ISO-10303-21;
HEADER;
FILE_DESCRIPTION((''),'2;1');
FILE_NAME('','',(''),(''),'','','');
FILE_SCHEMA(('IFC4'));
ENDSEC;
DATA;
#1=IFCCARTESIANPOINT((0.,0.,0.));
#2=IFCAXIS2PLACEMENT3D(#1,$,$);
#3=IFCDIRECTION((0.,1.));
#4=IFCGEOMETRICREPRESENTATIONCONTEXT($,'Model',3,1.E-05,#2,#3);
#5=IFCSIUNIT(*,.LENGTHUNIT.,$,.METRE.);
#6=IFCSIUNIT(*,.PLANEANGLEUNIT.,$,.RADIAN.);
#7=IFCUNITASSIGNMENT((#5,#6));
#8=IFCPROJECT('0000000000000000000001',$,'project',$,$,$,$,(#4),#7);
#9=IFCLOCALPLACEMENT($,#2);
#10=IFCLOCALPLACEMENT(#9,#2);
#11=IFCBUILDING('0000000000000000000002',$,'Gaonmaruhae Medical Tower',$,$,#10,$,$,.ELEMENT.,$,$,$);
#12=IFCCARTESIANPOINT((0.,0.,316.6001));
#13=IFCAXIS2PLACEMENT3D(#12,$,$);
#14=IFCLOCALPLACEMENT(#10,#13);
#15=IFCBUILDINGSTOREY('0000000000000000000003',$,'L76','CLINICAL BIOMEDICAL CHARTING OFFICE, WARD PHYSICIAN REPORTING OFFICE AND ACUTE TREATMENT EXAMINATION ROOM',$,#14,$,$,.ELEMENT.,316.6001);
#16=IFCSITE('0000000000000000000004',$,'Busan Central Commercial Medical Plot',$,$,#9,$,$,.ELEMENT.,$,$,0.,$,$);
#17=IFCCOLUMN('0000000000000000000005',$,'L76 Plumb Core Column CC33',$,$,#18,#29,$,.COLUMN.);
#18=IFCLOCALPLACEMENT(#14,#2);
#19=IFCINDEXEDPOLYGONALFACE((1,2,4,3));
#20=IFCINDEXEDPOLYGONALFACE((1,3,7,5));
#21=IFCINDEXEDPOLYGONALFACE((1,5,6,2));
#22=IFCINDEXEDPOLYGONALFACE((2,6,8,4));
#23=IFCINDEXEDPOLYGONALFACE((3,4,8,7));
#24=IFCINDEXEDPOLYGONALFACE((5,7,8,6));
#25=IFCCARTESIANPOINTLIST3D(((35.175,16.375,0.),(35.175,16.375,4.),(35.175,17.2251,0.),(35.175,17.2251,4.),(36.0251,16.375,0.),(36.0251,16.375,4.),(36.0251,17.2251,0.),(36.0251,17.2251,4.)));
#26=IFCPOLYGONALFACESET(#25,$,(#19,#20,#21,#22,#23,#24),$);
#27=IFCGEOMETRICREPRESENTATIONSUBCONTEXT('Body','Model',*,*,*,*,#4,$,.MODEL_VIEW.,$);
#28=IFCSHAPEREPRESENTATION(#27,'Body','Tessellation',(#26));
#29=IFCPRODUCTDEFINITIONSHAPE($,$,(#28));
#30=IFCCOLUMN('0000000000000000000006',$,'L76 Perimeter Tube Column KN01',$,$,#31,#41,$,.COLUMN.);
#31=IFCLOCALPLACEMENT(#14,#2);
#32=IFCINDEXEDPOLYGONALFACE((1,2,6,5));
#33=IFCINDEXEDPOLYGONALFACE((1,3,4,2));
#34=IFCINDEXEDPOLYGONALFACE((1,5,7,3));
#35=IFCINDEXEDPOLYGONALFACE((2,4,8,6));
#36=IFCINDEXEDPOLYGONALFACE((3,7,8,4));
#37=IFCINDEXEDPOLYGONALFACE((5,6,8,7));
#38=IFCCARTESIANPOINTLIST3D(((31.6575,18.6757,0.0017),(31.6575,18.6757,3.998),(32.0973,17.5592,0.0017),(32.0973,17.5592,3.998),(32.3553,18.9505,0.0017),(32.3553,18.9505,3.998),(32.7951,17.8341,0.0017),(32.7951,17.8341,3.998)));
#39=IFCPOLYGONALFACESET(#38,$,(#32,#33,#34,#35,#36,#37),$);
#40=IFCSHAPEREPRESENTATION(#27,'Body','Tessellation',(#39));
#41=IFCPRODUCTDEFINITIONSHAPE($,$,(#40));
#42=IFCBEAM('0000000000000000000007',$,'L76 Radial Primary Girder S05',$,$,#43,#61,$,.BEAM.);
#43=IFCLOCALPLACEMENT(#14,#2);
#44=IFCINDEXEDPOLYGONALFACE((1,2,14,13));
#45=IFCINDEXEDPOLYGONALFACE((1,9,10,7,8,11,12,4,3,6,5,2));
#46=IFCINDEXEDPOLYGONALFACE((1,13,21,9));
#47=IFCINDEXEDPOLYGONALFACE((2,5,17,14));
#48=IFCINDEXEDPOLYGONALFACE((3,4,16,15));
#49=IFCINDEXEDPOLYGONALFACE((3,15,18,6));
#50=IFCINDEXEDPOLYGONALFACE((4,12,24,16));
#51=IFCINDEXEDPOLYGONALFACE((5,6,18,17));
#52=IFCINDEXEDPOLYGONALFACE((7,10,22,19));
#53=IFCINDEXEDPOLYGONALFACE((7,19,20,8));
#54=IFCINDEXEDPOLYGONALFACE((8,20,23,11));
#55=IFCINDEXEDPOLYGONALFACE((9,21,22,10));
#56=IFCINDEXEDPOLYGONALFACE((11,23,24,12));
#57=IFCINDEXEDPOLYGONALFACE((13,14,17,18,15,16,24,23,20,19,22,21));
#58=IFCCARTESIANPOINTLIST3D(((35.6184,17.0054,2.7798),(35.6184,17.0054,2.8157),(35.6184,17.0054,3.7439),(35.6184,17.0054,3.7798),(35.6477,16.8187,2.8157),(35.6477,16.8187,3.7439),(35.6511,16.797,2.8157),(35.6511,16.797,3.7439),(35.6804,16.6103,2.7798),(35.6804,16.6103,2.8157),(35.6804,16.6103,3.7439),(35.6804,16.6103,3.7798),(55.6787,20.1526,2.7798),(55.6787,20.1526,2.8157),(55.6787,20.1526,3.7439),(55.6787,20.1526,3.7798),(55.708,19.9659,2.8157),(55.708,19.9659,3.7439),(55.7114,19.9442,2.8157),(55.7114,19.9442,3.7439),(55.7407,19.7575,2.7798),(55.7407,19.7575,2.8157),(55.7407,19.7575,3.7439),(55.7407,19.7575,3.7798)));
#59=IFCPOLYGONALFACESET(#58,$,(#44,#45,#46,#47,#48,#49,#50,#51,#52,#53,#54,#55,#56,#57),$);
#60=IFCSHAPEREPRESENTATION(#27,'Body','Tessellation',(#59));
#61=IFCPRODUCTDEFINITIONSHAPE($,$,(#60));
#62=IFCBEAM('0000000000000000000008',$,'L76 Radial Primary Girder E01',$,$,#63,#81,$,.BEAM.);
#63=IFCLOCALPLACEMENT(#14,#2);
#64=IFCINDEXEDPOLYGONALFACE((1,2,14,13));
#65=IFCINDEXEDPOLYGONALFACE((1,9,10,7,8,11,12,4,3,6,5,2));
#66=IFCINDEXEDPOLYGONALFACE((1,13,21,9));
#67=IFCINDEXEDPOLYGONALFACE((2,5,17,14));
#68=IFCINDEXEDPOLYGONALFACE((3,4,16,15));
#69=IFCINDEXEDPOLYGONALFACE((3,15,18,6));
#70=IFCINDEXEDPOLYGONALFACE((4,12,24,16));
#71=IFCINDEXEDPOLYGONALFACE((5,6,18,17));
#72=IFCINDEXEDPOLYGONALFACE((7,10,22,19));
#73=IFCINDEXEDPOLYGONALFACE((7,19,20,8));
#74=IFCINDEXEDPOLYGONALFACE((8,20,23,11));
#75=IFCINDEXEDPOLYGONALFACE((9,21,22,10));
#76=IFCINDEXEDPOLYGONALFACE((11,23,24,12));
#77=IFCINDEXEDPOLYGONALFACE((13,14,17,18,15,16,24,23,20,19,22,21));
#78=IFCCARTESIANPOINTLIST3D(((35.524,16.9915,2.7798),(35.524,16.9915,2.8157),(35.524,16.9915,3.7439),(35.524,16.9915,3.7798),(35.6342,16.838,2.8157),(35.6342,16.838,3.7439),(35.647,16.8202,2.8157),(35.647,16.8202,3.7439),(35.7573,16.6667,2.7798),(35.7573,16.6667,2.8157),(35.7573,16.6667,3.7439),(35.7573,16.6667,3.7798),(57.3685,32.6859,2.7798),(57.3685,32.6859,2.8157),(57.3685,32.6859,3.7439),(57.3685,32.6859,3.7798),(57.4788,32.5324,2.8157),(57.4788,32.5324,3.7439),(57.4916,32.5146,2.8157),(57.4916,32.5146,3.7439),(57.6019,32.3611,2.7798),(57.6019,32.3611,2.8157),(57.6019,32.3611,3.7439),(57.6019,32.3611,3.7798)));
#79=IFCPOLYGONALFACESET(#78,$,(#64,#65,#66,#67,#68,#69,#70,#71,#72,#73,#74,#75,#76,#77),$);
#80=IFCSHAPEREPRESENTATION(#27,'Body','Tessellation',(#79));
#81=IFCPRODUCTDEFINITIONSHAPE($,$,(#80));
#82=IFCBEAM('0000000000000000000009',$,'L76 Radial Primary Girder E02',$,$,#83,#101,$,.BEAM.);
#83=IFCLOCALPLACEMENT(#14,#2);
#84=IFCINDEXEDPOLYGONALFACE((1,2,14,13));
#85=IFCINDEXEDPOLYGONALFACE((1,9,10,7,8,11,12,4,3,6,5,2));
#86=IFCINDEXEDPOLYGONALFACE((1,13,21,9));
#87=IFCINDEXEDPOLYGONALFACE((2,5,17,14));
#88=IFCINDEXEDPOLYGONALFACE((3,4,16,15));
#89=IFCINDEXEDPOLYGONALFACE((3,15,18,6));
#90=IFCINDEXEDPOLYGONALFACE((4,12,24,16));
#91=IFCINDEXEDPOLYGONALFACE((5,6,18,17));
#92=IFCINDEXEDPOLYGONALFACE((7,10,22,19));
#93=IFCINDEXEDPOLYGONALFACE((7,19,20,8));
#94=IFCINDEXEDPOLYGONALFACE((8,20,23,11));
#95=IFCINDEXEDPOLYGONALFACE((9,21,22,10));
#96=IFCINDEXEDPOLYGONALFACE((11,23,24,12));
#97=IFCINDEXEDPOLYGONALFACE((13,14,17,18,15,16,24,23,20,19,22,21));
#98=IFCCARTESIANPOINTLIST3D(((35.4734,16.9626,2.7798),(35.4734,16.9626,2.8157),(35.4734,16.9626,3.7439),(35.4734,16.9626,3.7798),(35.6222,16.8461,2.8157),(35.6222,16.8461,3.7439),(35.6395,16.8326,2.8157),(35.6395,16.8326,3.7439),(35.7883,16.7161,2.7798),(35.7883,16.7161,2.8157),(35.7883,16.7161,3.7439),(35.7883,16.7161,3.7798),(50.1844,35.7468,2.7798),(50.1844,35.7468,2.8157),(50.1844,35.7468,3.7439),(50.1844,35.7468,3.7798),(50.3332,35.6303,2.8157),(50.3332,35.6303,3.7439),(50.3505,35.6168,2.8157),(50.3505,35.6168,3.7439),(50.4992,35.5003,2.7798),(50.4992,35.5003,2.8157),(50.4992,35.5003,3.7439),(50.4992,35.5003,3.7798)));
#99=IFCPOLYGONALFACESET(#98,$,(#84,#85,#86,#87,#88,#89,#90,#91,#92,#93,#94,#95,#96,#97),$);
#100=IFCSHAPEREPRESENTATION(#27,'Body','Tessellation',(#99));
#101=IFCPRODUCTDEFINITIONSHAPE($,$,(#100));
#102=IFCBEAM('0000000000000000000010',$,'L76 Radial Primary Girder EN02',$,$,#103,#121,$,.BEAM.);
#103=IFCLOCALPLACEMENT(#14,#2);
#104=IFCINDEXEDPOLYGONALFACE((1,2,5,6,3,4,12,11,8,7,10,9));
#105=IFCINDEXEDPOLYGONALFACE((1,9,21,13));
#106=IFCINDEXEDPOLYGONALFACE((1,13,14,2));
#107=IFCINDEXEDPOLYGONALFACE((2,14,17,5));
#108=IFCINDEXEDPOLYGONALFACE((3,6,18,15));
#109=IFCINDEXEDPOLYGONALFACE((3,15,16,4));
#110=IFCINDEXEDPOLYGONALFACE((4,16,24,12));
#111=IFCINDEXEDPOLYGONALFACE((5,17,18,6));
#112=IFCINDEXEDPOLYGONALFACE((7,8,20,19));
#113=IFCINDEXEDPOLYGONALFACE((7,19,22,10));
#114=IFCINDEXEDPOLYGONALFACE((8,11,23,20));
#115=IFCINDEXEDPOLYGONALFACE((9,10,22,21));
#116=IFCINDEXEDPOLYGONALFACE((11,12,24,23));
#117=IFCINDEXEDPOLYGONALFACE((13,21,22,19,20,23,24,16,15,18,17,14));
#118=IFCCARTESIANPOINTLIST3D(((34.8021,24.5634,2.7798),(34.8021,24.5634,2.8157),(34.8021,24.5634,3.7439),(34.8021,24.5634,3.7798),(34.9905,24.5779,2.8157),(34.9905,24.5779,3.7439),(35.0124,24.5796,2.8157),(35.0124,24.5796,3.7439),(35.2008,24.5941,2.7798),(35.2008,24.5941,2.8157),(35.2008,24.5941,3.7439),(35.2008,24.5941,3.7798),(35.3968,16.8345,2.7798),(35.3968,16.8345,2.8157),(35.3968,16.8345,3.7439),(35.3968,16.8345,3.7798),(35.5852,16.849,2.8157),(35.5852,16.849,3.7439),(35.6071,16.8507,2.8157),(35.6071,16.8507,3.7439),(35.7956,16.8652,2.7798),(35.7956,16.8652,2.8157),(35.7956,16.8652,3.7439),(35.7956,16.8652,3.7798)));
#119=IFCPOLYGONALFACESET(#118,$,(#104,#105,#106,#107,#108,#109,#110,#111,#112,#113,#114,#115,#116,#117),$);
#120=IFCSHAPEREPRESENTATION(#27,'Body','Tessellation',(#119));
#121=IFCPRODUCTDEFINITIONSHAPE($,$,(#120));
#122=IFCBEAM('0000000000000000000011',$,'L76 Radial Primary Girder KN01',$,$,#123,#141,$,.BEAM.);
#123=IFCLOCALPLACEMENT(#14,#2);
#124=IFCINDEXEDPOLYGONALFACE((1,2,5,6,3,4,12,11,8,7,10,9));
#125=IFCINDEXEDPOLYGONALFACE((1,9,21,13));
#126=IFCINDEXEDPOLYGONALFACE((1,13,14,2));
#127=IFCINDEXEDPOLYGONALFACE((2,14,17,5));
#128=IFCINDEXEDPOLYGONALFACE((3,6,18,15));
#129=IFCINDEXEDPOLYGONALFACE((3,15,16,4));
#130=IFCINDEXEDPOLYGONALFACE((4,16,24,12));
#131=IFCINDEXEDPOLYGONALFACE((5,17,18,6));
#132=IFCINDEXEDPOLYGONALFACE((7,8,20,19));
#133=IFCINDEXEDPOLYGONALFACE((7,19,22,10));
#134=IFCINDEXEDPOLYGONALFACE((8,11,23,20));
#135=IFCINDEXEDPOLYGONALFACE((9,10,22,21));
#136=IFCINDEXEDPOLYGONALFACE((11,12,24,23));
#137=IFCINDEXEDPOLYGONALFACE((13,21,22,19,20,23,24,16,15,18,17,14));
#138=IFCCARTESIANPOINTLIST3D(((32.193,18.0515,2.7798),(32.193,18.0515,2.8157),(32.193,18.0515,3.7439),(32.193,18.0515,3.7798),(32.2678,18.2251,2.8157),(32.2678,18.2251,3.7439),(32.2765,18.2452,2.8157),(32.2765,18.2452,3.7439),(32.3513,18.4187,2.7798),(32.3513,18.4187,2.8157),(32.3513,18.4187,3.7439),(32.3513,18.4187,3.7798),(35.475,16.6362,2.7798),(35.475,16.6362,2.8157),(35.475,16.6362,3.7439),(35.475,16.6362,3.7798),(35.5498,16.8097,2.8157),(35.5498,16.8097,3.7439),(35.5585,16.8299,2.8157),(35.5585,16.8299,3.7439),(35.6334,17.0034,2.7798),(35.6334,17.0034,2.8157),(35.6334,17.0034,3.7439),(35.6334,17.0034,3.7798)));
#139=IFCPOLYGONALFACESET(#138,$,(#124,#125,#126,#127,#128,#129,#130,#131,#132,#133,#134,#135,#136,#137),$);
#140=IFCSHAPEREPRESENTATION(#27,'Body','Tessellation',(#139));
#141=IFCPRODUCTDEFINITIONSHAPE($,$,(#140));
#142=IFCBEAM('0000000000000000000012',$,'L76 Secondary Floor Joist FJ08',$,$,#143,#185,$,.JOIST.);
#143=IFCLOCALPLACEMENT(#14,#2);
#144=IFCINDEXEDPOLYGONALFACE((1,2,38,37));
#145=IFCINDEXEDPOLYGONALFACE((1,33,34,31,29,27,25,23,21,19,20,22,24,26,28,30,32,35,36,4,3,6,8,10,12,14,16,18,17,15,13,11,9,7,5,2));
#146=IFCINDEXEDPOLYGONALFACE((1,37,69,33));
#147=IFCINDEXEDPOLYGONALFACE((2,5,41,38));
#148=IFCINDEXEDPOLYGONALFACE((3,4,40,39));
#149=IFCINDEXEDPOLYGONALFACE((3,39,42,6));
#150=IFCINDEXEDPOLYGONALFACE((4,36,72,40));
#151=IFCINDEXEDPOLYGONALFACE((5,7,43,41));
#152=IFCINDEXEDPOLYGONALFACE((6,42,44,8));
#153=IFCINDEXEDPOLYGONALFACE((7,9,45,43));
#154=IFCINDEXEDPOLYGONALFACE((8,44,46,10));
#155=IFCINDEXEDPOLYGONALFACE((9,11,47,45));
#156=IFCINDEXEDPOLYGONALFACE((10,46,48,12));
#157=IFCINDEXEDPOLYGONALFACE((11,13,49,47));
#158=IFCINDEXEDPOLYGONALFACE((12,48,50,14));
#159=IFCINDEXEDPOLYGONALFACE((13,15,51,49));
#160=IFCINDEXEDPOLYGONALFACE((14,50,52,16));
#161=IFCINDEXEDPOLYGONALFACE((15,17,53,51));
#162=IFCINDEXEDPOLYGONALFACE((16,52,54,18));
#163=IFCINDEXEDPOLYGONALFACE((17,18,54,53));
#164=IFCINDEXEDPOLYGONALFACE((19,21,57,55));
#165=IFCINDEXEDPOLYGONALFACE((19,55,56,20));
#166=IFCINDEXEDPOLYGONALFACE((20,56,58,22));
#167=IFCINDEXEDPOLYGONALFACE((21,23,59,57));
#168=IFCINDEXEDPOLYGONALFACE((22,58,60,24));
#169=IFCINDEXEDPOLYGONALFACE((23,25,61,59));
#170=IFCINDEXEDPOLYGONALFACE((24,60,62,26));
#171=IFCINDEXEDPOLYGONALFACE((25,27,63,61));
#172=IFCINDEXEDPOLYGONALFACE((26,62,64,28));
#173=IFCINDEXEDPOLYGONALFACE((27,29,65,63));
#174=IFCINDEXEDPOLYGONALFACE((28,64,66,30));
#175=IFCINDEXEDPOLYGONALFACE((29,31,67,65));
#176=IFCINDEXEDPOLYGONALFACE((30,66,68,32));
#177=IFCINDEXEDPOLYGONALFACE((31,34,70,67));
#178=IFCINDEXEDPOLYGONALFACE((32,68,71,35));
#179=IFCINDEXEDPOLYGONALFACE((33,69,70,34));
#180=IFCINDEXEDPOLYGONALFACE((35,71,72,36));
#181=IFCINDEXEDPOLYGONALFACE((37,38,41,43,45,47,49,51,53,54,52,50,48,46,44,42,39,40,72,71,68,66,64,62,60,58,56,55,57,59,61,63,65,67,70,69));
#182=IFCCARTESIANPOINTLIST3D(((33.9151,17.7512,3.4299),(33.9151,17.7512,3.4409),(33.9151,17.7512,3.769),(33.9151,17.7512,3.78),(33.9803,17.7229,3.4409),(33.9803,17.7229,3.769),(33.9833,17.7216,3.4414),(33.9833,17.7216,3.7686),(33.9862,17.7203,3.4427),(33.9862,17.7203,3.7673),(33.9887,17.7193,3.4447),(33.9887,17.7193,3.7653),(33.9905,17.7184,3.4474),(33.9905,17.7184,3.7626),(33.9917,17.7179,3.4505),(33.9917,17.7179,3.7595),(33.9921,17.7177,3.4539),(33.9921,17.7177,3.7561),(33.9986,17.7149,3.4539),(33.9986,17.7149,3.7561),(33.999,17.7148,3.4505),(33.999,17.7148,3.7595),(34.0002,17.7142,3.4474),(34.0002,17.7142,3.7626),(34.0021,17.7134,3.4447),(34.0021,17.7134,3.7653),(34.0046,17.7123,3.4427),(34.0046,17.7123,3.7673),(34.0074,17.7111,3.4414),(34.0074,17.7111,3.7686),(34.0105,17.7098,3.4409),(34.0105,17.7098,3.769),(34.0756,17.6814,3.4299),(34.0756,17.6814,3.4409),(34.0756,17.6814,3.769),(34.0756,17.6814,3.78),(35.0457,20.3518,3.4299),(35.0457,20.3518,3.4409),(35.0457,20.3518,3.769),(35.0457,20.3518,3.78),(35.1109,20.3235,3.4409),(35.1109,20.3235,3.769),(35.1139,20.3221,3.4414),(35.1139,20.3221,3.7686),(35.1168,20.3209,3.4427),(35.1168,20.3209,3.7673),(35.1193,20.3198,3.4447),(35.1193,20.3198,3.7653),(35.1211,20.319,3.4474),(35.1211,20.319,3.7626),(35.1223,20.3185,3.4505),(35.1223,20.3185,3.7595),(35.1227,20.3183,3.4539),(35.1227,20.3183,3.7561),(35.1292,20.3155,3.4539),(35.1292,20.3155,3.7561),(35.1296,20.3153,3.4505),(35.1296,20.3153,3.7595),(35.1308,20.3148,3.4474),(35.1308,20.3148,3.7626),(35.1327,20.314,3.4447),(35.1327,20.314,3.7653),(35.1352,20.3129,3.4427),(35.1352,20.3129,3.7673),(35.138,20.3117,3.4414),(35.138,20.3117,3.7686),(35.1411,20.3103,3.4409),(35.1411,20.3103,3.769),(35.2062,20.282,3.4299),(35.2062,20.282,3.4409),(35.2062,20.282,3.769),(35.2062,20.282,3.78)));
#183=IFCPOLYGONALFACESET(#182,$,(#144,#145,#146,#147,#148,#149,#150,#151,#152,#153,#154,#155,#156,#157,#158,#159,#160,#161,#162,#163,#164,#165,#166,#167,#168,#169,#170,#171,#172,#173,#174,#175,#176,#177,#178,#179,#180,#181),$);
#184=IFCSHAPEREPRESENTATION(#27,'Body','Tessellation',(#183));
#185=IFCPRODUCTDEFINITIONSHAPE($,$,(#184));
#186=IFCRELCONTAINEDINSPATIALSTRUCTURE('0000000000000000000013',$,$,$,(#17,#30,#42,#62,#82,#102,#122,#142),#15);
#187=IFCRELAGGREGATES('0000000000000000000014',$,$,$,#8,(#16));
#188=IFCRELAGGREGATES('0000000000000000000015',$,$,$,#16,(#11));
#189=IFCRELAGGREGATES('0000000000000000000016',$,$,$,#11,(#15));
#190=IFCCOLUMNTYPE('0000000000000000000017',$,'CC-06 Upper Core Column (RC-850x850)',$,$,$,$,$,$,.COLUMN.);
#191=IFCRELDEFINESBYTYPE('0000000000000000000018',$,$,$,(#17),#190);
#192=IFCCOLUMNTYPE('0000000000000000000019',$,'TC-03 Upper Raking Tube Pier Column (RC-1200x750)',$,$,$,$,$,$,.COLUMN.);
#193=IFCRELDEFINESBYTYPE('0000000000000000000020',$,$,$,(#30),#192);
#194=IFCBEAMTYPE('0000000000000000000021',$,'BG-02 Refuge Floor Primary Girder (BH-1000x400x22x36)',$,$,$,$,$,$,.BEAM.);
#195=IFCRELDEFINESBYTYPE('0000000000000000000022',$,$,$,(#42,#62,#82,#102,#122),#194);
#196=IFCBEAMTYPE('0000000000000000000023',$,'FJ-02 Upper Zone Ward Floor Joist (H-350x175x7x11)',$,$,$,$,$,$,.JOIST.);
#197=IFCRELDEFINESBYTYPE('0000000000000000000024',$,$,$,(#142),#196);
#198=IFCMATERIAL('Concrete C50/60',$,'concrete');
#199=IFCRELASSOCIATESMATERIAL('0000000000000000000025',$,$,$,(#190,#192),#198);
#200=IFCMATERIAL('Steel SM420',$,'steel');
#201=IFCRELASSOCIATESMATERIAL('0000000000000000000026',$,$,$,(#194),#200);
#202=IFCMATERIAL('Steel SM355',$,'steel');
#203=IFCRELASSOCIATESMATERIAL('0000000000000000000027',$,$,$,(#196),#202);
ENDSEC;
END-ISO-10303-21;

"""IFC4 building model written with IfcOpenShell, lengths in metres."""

from ifc_helpers import new_model, si_unit, direction, frame, origin, origin_2d, place, context, subcontext, project, spatial, rectangle, i_section, extrude, material, material_profile, profile_set, type_object, element, save


model = new_model("IFC4")

# Units and contexts
model_context = context("Model", 3, precision=1e-05, world=origin(), true_north=direction((0.0, 1.0)))
body_context = subcontext(model_context, "Body", "Model", "MODEL_VIEW")
ifc_project = project(units=[si_unit("LENGTHUNIT", "METRE"), si_unit("PLANEANGLEUNIT", "RADIAN")], contexts=[model_context])

# Site, building, storey
site_placement = place(None, origin())
site = spatial("IfcSite", under=ifc_project, at=site_placement, Name="Busan Central Commercial Medical Plot", CompositionType="ELEMENT", RefElevation=0.0)
building_placement = place(site_placement, origin())
building = spatial("IfcBuilding", under=site, at=building_placement, Name="Gaonmaruhae Medical Tower", CompositionType="ELEMENT")
storey_placement = place(building_placement, frame((0.0, 0.0, 316.6001)))
storey = spatial("IfcBuildingStorey", under=building, at=storey_placement, Name="L76", Description="CLINICAL BIOMEDICAL CHARTING OFFICE, WARD PHYSICIAN REPORTING OFFICE AND ACUTE TREATMENT EXAMINATION ROOM", CompositionType="ELEMENT", Elevation=316.6001)

# Columns
ifc_material_1 = material(Name="Concrete C50/60", Category="concrete")
ifc_material_profile_1 = material_profile(ifc_material_1, rectangle(XDim=0.8501, YDim=0.8501, at=origin_2d()), Name="RC-850x850")
ifc_profile_set_1 = profile_set([ifc_material_profile_1], Name="Concrete C50/60")
column_type_1 = type_object("IfcColumnType", Name="CC-06 Upper Core Column (RC-850x850)", PredefinedType="COLUMN", material=ifc_profile_set_1)
column_1_placement = place(storey_placement, frame((35.6001, 16.8, 0.0), z_axis=(0.0, 0.0, 1.0), x_axis=(1.0, 0.0, 0.0)))
element("IfcColumn", 1, at=column_1_placement, inside=storey, type_object=column_type_1, Name="L76 Plumb Core Column CC33", PredefinedType="COLUMN", context=body_context, shape_type="SweptSolid", body=[
    extrude(rectangle(XDim=0.8501, YDim=0.8501, at=origin_2d()), origin(), (0.0, 0.0, 1.0), 4.0),
])
ifc_material_profile_2 = material_profile(ifc_material_1, rectangle(XDim=1.2, YDim=0.75, at=origin_2d()), Name="RC-1200x750")
ifc_profile_set_2 = profile_set([ifc_material_profile_2], Name="Concrete C50/60")
column_type_2 = type_object("IfcColumnType", Name="TC-03 Upper Raking Tube Pier Column (RC-1200x750)", PredefinedType="COLUMN", material=ifc_profile_set_2)
column_2_placement = place(storey_placement, frame((32.2263, 18.2549, 0.0017), z_axis=(0.0, 0.0, 1.0), x_axis=(-0.366501, 0.930418, 0.0)))
element("IfcColumn", 2, at=column_2_placement, inside=storey, type_object=column_type_2, Name="L76 Perimeter Tube Column KN01", PredefinedType="COLUMN", context=body_context, shape_type="SweptSolid", body=[
    extrude(rectangle(XDim=1.2, YDim=0.75, at=origin_2d()), origin(), (0.0, 0.0, 1.0), 3.9963),
])

# Beams
ifc_material_2 = material(Name="Steel SM420", Category="steel")
ifc_material_profile_3 = material_profile(ifc_material_2, i_section(OverallWidth=0.3999, OverallDepth=1.0, WebThickness=0.022, FlangeThickness=0.0359, at=origin_2d()), Name="BH-1000x400x22x36")
ifc_profile_set_3 = profile_set([ifc_material_profile_3], Name="Steel SM420")
beam_type_1 = type_object("IfcBeamType", Name="BG-02 Refuge Floor Primary Girder (BH-1000x400x22x36)", PredefinedType="BEAM", material=ifc_profile_set_3)
beam_1_placement = place(storey_placement, frame((35.6494, 16.8079, 3.2798), z_axis=(0.987916, 0.154992, 0.0), x_axis=(-0.154992, 0.987916, 0.0)))
element("IfcBeam", 3, at=beam_1_placement, inside=storey, type_object=beam_type_1, Name="L76 Radial Primary Girder S05", PredefinedType="BEAM", context=body_context, shape_type="SweptSolid", body=[
    extrude(i_section(OverallWidth=0.3999, OverallDepth=1.0, WebThickness=0.022, FlangeThickness=0.0359, at=origin_2d()), origin(), (0.0, 0.0, 1.0), 20.3057),
])
beam_2_placement = place(storey_placement, frame((35.6406, 16.8291, 3.2798), z_axis=(0.812128, 0.583479, 0.0), x_axis=(-0.583479, 0.812128, 0.0)))
element("IfcBeam", 4, at=beam_2_placement, inside=storey, type_object=beam_type_1, Name="L76 Radial Primary Girder E01", PredefinedType="BEAM", context=body_context, shape_type="SweptSolid", body=[
    extrude(i_section(OverallWidth=0.3999, OverallDepth=1.0, WebThickness=0.022, FlangeThickness=0.0359, at=origin_2d()), origin(), (0.0, 0.0, 1.0), 26.8979),
])
beam_3_placement = place(storey_placement, frame((35.6309, 16.8394, 3.2798), z_axis=(0.616575, 0.787296, 0.0), x_axis=(-0.787296, 0.616575, 0.0)))
element("IfcBeam", 5, at=beam_3_placement, inside=storey, type_object=beam_type_1, Name="L76 Radial Primary Girder E02", PredefinedType="BEAM", context=body_context, shape_type="SweptSolid", body=[
    extrude(i_section(OverallWidth=0.3999, OverallDepth=1.0, WebThickness=0.022, FlangeThickness=0.0359, at=origin_2d()), origin(), (0.0, 0.0, 1.0), 23.8591),
])
beam_4_placement = place(storey_placement, frame((35.5962, 16.8499, 3.2798), z_axis=(-0.076723, 0.997052, 0.0), x_axis=(-0.997052, -0.076723, 0.0)))
element("IfcBeam", 6, at=beam_4_placement, inside=storey, type_object=beam_type_1, Name="L76 Radial Primary Girder EN02", PredefinedType="BEAM", context=body_context, shape_type="SweptSolid", body=[
    extrude(i_section(OverallWidth=0.3999, OverallDepth=1.0, WebThickness=0.022, FlangeThickness=0.0359, at=origin_2d()), origin(), (0.0, 0.0, 1.0), 7.7517),
])
beam_5_placement = place(storey_placement, frame((35.5542, 16.8198, 3.2798), z_axis=(-0.918259, 0.395979, 0.0), x_axis=(-0.395979, -0.918259, 0.0)))
element("IfcBeam", 7, at=beam_5_placement, inside=storey, type_object=beam_type_1, Name="L76 Radial Primary Girder KN01", PredefinedType="BEAM", context=body_context, shape_type="SweptSolid", body=[
    extrude(i_section(OverallWidth=0.3999, OverallDepth=1.0, WebThickness=0.022, FlangeThickness=0.0359, at=origin_2d()), origin(), (0.0, 0.0, 1.0), 3.5742),
])
ifc_material_3 = material(Name="Steel SM355", Category="steel")
ifc_material_profile_4 = material_profile(ifc_material_3, i_section(OverallWidth=0.175, OverallDepth=0.3501, WebThickness=0.0071, FlangeThickness=0.011, FilletRadius=0.0129, at=origin_2d()), Name="H-350x175x7x11")
ifc_profile_set_4 = profile_set([ifc_material_profile_4], Name="Steel SM355")
beam_type_2 = type_object("IfcBeamType", Name="FJ-02 Upper Zone Ward Floor Joist (H-350x175x7x11)", PredefinedType="JOIST", material=ifc_profile_set_4)
beam_6_placement = place(storey_placement, frame((35.126, 20.3169, 3.605), z_axis=(-0.398704, -0.91708, 0.0), x_axis=(0.91708, -0.398704, 0.0)))
element("IfcBeam", 8, at=beam_6_placement, inside=storey, type_object=beam_type_2, Name="L76 Secondary Floor Joist FJ08", PredefinedType="JOIST", context=body_context, shape_type="SweptSolid", body=[
    extrude(i_section(OverallWidth=0.175, OverallDepth=0.3501, WebThickness=0.0071, FlangeThickness=0.011, FilletRadius=0.0129, at=origin_2d()), origin(), (0.0, 0.0, 1.0), 2.8357),
])

save(model, "model.ifc")
